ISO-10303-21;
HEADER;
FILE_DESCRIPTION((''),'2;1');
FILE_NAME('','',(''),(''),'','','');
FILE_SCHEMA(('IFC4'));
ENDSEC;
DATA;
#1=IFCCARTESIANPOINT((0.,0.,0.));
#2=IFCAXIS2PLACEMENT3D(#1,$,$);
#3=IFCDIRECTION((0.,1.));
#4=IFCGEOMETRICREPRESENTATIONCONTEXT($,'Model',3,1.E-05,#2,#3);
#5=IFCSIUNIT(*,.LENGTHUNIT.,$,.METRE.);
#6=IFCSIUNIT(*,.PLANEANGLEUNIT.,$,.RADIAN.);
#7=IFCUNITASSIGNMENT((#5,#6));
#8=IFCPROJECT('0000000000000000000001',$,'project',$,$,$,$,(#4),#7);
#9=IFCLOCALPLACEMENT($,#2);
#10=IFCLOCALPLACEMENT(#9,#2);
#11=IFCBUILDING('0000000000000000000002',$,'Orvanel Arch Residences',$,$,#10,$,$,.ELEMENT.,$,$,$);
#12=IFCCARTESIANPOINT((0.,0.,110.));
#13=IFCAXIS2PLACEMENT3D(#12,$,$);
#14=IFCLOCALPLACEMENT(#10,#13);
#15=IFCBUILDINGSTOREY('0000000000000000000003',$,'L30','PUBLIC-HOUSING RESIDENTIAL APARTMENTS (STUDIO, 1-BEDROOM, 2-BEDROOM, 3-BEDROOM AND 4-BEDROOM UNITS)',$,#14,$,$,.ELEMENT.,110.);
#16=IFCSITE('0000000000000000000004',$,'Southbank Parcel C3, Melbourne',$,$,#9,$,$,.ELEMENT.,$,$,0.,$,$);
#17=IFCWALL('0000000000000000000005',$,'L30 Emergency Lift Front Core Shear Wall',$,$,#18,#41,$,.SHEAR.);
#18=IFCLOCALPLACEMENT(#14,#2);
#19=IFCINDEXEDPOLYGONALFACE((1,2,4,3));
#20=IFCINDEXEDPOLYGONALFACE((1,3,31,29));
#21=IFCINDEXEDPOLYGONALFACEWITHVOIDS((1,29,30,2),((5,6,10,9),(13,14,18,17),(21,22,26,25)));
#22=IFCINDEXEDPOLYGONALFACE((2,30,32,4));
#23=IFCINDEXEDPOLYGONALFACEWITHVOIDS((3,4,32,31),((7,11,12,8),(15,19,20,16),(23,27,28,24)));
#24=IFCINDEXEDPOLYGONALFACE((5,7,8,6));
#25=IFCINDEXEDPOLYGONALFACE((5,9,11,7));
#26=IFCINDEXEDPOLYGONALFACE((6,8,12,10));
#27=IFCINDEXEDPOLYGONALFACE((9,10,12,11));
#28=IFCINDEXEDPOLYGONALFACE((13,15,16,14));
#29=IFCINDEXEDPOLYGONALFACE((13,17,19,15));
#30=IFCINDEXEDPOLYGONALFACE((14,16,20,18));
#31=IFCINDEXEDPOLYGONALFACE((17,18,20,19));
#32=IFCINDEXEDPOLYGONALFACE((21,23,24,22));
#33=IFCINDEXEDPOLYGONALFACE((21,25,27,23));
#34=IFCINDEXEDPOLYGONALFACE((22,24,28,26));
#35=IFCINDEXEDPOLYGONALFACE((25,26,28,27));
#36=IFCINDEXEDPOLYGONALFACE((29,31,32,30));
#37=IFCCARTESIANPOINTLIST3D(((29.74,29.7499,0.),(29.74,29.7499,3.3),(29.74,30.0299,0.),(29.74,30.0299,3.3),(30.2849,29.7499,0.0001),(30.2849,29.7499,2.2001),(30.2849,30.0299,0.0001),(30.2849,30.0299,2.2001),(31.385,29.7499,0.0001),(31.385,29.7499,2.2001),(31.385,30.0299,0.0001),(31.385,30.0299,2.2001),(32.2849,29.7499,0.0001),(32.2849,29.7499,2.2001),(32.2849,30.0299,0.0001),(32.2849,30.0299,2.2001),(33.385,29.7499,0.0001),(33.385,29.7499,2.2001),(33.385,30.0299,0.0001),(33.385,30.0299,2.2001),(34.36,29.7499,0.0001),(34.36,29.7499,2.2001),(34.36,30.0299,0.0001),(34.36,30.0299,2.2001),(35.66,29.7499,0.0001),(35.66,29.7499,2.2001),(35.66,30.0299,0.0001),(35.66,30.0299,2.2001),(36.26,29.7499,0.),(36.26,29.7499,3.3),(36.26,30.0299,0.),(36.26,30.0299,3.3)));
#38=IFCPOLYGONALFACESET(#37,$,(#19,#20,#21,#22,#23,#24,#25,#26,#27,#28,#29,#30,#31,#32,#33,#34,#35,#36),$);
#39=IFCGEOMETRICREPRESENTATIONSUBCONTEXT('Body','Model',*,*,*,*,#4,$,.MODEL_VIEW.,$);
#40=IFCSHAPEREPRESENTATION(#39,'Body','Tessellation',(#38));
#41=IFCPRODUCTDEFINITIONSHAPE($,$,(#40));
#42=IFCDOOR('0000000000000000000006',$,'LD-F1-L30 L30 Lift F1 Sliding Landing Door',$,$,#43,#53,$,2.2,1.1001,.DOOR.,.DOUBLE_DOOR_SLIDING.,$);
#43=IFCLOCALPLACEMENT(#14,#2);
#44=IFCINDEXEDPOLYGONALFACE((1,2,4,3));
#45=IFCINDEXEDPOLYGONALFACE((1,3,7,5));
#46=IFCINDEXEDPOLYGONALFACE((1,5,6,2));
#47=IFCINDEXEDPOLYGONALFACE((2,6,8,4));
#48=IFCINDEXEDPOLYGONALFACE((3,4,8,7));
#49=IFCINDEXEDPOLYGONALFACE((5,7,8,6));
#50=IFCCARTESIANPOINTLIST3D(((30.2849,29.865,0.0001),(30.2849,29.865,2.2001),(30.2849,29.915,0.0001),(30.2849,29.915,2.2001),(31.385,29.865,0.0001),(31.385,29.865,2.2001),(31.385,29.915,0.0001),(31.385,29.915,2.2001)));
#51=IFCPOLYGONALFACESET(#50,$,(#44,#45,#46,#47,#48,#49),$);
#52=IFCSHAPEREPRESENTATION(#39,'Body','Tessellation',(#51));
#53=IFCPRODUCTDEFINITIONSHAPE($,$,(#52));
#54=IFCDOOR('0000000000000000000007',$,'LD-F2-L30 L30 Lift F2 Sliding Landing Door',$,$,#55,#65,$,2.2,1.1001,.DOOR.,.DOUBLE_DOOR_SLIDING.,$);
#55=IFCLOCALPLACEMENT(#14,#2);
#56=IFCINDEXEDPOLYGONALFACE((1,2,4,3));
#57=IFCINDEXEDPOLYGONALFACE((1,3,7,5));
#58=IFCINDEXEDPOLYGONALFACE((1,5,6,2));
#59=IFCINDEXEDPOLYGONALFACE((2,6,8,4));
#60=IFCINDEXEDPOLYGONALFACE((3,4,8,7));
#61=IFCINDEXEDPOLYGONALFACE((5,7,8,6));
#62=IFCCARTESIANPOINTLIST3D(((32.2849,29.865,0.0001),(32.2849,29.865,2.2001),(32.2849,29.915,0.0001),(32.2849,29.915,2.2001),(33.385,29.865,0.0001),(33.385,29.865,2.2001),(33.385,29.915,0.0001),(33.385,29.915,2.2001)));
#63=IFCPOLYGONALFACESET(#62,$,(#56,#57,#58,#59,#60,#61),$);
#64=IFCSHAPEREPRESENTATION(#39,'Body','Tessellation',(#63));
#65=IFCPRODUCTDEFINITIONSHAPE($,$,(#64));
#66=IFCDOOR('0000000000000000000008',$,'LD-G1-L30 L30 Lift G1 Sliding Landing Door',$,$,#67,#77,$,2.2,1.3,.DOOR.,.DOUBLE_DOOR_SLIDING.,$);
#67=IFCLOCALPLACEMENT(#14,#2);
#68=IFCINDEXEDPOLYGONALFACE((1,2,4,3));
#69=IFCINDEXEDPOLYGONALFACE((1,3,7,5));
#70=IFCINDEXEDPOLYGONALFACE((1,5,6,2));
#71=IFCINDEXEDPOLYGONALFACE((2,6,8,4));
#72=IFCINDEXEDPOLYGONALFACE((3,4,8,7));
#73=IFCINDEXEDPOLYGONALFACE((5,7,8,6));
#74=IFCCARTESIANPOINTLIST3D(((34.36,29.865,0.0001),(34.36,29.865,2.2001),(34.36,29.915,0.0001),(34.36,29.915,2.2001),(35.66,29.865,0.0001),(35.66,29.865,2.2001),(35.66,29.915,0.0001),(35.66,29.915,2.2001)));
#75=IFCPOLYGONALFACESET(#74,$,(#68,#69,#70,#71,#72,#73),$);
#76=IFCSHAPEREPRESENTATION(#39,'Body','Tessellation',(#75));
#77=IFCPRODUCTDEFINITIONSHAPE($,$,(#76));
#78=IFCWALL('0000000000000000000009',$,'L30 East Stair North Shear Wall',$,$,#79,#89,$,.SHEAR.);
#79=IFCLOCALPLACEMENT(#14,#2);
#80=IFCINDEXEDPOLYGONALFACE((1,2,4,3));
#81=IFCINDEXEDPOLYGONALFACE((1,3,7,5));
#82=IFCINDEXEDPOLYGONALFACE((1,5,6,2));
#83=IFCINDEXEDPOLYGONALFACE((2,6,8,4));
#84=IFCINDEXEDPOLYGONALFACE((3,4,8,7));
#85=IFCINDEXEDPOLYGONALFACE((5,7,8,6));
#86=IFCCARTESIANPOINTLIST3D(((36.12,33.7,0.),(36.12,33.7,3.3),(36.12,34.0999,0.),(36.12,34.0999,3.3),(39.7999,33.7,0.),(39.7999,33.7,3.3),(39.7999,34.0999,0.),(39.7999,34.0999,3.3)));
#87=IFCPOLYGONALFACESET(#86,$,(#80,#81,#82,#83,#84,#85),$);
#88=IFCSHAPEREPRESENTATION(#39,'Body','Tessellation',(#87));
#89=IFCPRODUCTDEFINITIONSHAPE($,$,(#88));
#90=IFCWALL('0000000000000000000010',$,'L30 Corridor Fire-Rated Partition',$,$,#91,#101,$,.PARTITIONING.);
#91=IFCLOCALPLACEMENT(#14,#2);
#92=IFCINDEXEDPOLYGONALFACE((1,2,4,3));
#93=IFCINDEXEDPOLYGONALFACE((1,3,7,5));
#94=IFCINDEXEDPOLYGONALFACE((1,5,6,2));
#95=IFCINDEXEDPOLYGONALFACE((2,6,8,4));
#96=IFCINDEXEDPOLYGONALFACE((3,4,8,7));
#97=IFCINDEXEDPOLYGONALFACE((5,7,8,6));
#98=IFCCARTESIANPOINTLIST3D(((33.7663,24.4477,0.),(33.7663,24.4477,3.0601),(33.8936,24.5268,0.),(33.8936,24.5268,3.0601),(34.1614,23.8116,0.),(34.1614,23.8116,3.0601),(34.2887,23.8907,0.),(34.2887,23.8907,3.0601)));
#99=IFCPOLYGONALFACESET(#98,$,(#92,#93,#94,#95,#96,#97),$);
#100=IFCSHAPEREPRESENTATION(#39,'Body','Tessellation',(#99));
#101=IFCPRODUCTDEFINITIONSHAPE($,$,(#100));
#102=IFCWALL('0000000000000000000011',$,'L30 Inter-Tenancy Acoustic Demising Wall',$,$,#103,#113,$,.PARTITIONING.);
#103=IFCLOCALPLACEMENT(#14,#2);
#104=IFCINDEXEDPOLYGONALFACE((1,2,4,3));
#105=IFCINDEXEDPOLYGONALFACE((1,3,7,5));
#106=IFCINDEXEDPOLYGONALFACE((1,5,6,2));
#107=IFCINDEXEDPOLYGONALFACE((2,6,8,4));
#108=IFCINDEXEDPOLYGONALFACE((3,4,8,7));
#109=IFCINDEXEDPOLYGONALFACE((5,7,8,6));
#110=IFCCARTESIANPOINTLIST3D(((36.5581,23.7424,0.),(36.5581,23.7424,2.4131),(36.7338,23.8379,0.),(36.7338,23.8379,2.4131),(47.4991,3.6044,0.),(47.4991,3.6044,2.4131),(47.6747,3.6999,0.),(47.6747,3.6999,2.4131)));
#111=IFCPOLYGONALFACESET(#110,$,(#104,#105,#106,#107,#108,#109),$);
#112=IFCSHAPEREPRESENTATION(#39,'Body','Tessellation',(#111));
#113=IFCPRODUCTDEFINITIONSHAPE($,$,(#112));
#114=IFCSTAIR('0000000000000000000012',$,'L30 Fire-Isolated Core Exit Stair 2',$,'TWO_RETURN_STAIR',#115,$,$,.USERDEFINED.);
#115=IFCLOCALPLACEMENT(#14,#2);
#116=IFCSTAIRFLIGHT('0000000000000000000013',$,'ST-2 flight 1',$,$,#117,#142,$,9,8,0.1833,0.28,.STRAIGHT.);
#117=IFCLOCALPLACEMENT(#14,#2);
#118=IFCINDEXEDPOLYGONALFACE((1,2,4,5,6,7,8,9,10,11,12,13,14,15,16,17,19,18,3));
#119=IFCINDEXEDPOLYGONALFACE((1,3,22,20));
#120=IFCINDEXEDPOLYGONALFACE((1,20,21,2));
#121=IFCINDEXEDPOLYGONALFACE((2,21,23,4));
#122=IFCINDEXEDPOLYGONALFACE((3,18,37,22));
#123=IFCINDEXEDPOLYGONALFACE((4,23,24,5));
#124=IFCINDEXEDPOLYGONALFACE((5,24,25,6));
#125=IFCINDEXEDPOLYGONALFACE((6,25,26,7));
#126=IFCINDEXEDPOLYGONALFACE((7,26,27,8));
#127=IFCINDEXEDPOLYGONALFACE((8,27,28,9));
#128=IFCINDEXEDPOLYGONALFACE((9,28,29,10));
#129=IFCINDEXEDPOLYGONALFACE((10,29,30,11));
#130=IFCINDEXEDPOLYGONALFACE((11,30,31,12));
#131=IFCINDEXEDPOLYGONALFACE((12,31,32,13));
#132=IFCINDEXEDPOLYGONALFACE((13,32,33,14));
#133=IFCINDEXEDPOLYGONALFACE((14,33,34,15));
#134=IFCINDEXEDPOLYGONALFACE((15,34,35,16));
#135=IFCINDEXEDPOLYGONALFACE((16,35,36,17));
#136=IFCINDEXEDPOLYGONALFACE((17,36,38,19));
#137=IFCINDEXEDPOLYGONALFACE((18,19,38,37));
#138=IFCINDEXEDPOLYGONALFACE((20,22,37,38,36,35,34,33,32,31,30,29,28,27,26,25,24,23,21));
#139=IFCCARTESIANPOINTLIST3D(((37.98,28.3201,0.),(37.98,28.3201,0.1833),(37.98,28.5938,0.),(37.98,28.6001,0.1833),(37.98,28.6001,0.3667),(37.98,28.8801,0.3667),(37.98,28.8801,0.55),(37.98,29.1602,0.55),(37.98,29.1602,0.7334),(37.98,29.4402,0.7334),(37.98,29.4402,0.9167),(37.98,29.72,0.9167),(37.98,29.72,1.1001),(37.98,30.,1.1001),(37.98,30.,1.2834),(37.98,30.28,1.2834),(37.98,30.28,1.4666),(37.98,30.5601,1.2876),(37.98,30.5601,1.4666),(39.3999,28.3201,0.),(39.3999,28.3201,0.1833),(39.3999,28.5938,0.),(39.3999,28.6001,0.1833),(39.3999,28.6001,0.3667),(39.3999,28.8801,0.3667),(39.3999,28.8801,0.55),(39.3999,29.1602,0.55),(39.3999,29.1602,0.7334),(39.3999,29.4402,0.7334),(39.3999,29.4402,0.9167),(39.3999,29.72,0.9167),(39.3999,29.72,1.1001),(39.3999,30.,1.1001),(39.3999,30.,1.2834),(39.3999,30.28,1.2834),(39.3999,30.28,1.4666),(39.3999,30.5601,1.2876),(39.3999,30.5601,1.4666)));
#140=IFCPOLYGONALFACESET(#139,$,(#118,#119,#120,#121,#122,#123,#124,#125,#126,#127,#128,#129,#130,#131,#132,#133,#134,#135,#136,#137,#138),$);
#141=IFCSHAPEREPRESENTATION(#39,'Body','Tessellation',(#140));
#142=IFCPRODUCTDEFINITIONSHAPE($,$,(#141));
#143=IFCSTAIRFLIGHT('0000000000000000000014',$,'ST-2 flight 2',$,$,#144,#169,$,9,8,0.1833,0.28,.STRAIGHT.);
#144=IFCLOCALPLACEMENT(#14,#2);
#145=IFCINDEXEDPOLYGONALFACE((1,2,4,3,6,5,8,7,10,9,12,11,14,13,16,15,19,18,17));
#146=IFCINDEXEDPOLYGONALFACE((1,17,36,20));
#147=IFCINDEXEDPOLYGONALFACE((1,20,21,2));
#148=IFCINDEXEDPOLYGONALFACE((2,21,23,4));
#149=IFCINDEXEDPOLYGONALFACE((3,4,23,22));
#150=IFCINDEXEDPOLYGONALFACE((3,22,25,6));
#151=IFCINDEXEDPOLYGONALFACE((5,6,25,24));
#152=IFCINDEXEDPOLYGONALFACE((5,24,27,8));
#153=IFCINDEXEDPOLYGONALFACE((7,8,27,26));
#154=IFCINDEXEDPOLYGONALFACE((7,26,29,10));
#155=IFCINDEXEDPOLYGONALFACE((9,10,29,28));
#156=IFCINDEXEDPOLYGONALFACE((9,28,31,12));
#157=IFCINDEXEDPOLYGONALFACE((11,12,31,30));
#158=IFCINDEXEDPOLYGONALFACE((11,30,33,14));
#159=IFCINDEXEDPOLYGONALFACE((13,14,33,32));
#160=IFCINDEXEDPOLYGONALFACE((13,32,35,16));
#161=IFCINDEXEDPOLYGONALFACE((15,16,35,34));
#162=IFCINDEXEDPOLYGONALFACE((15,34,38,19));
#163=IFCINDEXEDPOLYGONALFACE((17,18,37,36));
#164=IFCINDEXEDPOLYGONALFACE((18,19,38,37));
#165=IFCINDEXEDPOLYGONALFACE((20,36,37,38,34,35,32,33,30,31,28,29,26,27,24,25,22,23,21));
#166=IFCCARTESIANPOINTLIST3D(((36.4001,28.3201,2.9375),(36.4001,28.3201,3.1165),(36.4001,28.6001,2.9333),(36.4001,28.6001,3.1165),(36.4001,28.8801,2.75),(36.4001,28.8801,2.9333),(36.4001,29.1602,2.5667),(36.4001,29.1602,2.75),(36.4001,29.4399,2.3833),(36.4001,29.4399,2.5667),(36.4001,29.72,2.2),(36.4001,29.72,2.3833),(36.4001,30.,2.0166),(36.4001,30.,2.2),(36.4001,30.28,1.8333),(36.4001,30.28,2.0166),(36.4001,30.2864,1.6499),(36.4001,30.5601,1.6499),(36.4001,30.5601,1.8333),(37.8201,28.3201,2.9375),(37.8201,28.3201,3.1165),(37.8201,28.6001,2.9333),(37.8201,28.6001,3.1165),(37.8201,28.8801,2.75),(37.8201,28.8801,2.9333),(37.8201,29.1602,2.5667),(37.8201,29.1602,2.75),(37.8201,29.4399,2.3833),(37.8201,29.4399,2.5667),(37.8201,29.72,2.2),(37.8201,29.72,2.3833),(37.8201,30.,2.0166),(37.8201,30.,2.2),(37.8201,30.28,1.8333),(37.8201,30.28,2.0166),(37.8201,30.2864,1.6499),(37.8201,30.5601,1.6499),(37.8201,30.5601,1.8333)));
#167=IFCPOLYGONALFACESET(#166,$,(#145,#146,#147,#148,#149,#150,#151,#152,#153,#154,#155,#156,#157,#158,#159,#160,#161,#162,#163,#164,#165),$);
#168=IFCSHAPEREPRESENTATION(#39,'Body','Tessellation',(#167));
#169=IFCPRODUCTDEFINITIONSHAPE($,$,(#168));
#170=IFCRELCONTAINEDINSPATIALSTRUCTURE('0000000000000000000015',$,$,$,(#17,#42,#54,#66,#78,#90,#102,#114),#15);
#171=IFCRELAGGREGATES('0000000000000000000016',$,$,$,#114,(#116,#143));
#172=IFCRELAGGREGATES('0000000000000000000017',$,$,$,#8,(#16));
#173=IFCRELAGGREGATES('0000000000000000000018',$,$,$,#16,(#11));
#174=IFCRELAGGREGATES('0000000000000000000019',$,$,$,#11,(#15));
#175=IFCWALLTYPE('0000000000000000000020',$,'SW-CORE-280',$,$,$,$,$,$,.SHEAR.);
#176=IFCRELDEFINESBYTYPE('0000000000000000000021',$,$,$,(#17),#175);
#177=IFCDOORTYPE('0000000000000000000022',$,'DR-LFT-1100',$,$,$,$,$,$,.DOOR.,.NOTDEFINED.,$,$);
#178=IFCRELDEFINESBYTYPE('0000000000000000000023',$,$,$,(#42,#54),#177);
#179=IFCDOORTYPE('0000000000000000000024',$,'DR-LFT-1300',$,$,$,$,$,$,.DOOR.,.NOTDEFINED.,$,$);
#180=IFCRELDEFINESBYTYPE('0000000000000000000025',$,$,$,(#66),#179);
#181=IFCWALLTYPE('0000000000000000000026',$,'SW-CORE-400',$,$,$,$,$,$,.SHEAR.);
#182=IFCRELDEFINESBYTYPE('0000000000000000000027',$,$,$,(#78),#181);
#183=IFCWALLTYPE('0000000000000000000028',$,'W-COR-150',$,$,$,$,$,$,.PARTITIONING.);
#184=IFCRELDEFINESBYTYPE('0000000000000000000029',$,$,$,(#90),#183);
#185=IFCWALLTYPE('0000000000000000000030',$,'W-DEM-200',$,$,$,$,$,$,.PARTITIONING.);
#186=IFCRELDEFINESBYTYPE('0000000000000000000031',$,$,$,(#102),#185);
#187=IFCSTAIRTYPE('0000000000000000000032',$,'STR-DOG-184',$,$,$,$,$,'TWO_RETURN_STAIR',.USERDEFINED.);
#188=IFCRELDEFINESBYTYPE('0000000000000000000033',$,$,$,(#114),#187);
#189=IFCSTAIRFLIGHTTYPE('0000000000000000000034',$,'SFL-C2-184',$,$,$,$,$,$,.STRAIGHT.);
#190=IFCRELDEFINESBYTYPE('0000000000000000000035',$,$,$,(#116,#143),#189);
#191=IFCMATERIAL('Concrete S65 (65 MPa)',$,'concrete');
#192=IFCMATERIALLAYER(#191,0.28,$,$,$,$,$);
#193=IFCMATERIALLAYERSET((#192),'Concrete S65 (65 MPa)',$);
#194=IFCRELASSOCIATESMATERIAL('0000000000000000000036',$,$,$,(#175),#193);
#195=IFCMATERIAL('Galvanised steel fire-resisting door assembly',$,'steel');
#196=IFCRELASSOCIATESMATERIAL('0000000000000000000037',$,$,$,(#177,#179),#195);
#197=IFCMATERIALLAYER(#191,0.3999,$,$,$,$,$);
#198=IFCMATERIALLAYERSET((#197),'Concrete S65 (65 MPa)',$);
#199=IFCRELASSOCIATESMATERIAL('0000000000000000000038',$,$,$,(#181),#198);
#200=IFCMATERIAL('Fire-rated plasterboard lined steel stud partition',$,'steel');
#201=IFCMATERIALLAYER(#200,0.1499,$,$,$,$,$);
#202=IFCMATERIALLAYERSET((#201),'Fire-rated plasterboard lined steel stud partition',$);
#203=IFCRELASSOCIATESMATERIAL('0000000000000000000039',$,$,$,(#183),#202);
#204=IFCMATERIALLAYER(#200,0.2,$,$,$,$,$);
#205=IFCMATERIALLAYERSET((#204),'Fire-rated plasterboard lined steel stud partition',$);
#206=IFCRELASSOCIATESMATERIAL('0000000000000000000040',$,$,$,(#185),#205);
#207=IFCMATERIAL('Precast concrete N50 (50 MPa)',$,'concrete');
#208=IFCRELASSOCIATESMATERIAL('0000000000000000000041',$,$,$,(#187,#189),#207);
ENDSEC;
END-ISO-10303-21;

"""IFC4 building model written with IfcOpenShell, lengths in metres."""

from ifc_helpers import new_model, si_unit, direction, frame, frame_2d, origin, place, context, subcontext, project, spatial, polyline, rectangle, outline, extrude, material, layer, layer_set, type_object, element, fill, aggregate, save


model = new_model("IFC4")

# Units and contexts
model_context = context("Model", 3, precision=1e-05, world=origin(), true_north=direction((0.0, 1.0)))
body_context = subcontext(model_context, "Body", "Model", "MODEL_VIEW")
ifc_project = project(units=[si_unit("LENGTHUNIT", "METRE"), si_unit("PLANEANGLEUNIT", "RADIAN")], contexts=[model_context])

# Site, building, storey
site_placement = place(None, origin())
site = spatial("IfcSite", under=ifc_project, at=site_placement, Name="Southbank Parcel C3, Melbourne", CompositionType="ELEMENT", RefElevation=0.0)
building_placement = place(site_placement, origin())
building = spatial("IfcBuilding", under=site, at=building_placement, Name="Orvanel Arch Residences", CompositionType="ELEMENT")
storey_placement = place(building_placement, frame((0.0, 0.0, 110.0)))
storey = spatial("IfcBuildingStorey", under=building, at=storey_placement, Name="L30", Description="PUBLIC-HOUSING RESIDENTIAL APARTMENTS (STUDIO, 1-BEDROOM, 2-BEDROOM, 3-BEDROOM AND 4-BEDROOM UNITS)", CompositionType="ELEMENT", Elevation=110.0)

# Shared definitions
ifc_material_1 = material(Name="Concrete S65 (65 MPa)", Category="concrete")
ifc_layer_1 = layer(ifc_material_1, 0.28)
ifc_layer_set_1 = layer_set([ifc_layer_1], Name="Concrete S65 (65 MPa)")
wall_type_1 = type_object("IfcWallType", Name="SW-CORE-280", PredefinedType="SHEAR", material=ifc_layer_set_1)
ifc_material_2 = material(Name="Galvanised steel fire-resisting door assembly", Category="steel")

# Wall, openings, doors
wall_1_placement = place(storey_placement, frame((36.26, 29.8899, 0.0), z_axis=(0.0, 0.0, 1.0), x_axis=(-1.0, 0.0, 0.0)))
wall_1 = element("IfcWall", 1, at=wall_1_placement, inside=storey, type_object=wall_type_1, Name="L30 Emergency Lift Front Core Shear Wall", PredefinedType="SHEAR", context=body_context, shape_type="SweptSolid", body=[
    extrude(rectangle(XDim=6.52, YDim=0.28, at=frame_2d((3.26, 0.0))), origin(), (0.0, 0.0, 1.0), 3.3),
])
opening_1_placement = place(wall_1_placement, frame((4.875, 0.0, 0.0)))
opening_1 = element("IfcOpeningElement", 2, at=opening_1_placement, cuts=wall_1, PredefinedType="OPENING", context=body_context, shape_type="SweptSolid", body=[
    extrude(rectangle(XDim=1.1001, YDim=2.2, at=frame_2d((0.55, 1.1001))), frame((0.0, 0.1499, 0.0), z_axis=(0.0, -1.0, 0.0), x_axis=(1.0, 0.0, 0.0)), (0.0, 0.0, 1.0), 0.3),
])
opening_2_placement = place(wall_1_placement, frame((2.875, 0.0, 0.0)))
opening_2 = element("IfcOpeningElement", 3, at=opening_2_placement, cuts=wall_1, PredefinedType="OPENING", context=body_context, shape_type="SweptSolid", body=[
    extrude(rectangle(XDim=1.1001, YDim=2.2, at=frame_2d((0.55, 1.1001))), frame((0.0, 0.1499, 0.0), z_axis=(0.0, -1.0, 0.0), x_axis=(1.0, 0.0, 0.0)), (0.0, 0.0, 1.0), 0.3),
])
opening_3_placement = place(wall_1_placement, frame((0.6001, 0.0, 0.0)))
opening_3 = element("IfcOpeningElement", 4, at=opening_3_placement, cuts=wall_1, PredefinedType="OPENING", context=body_context, shape_type="SweptSolid", body=[
    extrude(rectangle(XDim=1.3, YDim=2.2, at=frame_2d((0.6499, 1.1001))), frame((0.0, 0.1499, 0.0), z_axis=(0.0, -1.0, 0.0), x_axis=(1.0, 0.0, 0.0)), (0.0, 0.0, 1.0), 0.3),
])
door_type_1 = type_object("IfcDoorType", Name="DR-LFT-1100", OperationType="NOTDEFINED", PredefinedType="DOOR", material=ifc_material_2)
door_1_placement = place(opening_1_placement, origin())
door_1 = element("IfcDoor", 5, at=door_1_placement, inside=storey, type_object=door_type_1, Name="LD-F1-L30 L30 Lift F1 Sliding Landing Door", OperationType="DOUBLE_DOOR_SLIDING", OverallHeight=2.2, OverallWidth=1.1001, PredefinedType="DOOR", context=body_context, shape_type="SweptSolid", body=[
    extrude(rectangle(XDim=1.1001, YDim=2.2, at=frame_2d((0.55, 1.1001))), frame((0.0, 0.0249, 0.0), z_axis=(0.0, -1.0, 0.0), x_axis=(1.0, 0.0, 0.0)), (0.0, 0.0, 1.0), 0.05),
])
fill(opening_1, door_1)
door_2_placement = place(opening_2_placement, origin())
door_2 = element("IfcDoor", 6, at=door_2_placement, inside=storey, type_object=door_type_1, Name="LD-F2-L30 L30 Lift F2 Sliding Landing Door", OperationType="DOUBLE_DOOR_SLIDING", OverallHeight=2.2, OverallWidth=1.1001, PredefinedType="DOOR", context=body_context, shape_type="SweptSolid", body=[
    extrude(rectangle(XDim=1.1001, YDim=2.2, at=frame_2d((0.55, 1.1001))), frame((0.0, 0.0249, 0.0), z_axis=(0.0, -1.0, 0.0), x_axis=(1.0, 0.0, 0.0)), (0.0, 0.0, 1.0), 0.05),
])
fill(opening_2, door_2)
door_type_2 = type_object("IfcDoorType", Name="DR-LFT-1300", OperationType="NOTDEFINED", PredefinedType="DOOR", material=ifc_material_2)
door_3_placement = place(opening_3_placement, origin())
door_3 = element("IfcDoor", 7, at=door_3_placement, inside=storey, type_object=door_type_2, Name="LD-G1-L30 L30 Lift G1 Sliding Landing Door", OperationType="DOUBLE_DOOR_SLIDING", OverallHeight=2.2, OverallWidth=1.3, PredefinedType="DOOR", context=body_context, shape_type="SweptSolid", body=[
    extrude(rectangle(XDim=1.3, YDim=2.2, at=frame_2d((0.6499, 1.1001))), frame((0.0, 0.0249, 0.0), z_axis=(0.0, -1.0, 0.0), x_axis=(1.0, 0.0, 0.0)), (0.0, 0.0, 1.0), 0.05),
])
fill(opening_3, door_3)

# Walls
ifc_layer_2 = layer(ifc_material_1, 0.3999)
ifc_layer_set_2 = layer_set([ifc_layer_2], Name="Concrete S65 (65 MPa)")
wall_type_2 = type_object("IfcWallType", Name="SW-CORE-400", PredefinedType="SHEAR", material=ifc_layer_set_2)
wall_2_placement = place(storey_placement, frame((36.1201, 33.8999, 0.0), z_axis=(0.0, 0.0, 1.0), x_axis=(1.0, 0.0, 0.0)))
element("IfcWall", 8, at=wall_2_placement, inside=storey, type_object=wall_type_2, Name="L30 East Stair North Shear Wall", PredefinedType="SHEAR", context=body_context, shape_type="SweptSolid", body=[
    extrude(rectangle(XDim=3.6799, YDim=0.3999, at=frame_2d((1.8398, 0.0))), origin(), (0.0, 0.0, 1.0), 3.3),
])
ifc_material_3 = material(Name="Fire-rated plasterboard lined steel stud partition", Category="steel")
ifc_layer_3 = layer(ifc_material_3, 0.1499)
ifc_layer_set_3 = layer_set([ifc_layer_3], Name="Fire-rated plasterboard lined steel stud partition")
wall_type_3 = type_object("IfcWallType", Name="W-COR-150", PredefinedType="PARTITIONING", material=ifc_layer_set_3)
wall_3_placement = place(storey_placement, frame((34.2251, 23.8511, 0.0), z_axis=(0.0, 0.0, 1.0), x_axis=(-0.527623, 0.849479, 0.0)))
element("IfcWall", 9, at=wall_3_placement, inside=storey, type_object=wall_type_3, Name="L30 Corridor Fire-Rated Partition", PredefinedType="PARTITIONING", context=body_context, shape_type="SweptSolid", body=[
    extrude(rectangle(XDim=0.7488, YDim=0.1499, at=frame_2d((0.3745, 0.0))), origin(), (0.0, 0.0, 1.0), 3.0601),
])
ifc_layer_4 = layer(ifc_material_3, 0.2)
ifc_layer_set_4 = layer_set([ifc_layer_4], Name="Fire-rated plasterboard lined steel stud partition")
wall_type_4 = type_object("IfcWallType", Name="W-DEM-200", PredefinedType="PARTITIONING", material=ifc_layer_set_4)
wall_4_placement = place(storey_placement, frame((36.646, 23.79, 0.0), z_axis=(0.0, 0.0, 1.0), x_axis=(0.477392, -0.878691, 0.0)))
element("IfcWall", 10, at=wall_4_placement, inside=storey, type_object=wall_type_4, Name="L30 Inter-Tenancy Acoustic Demising Wall", PredefinedType="PARTITIONING", context=body_context, shape_type="SweptSolid", body=[
    extrude(rectangle(XDim=22.9182, YDim=0.2, at=frame_2d((11.459, 0.0))), origin(), (0.0, 0.0, 1.0), 2.4131),
])

# Stair, stair flights
ifc_material_4 = material(Name="Precast concrete N50 (50 MPa)", Category="concrete")
stair_type = type_object("IfcStairType", Name="STR-DOG-184", ElementType="TWO_RETURN_STAIR", PredefinedType="USERDEFINED", material=ifc_material_4)
stair_placement = place(storey_placement, origin())
stair = element("IfcStair", 11, at=stair_placement, inside=storey, type_object=stair_type, Name="L30 Fire-Isolated Core Exit Stair 2", ObjectType="TWO_RETURN_STAIR", PredefinedType="USERDEFINED")
stair_flight_type = type_object("IfcStairFlightType", Name="SFL-C2-184", PredefinedType="STRAIGHT", material=ifc_material_4)
stair_flight_1_placement = place(storey_placement, frame((38.6899, 28.3201, 0.0), z_axis=(0.0, 0.0, 1.0), x_axis=(0.0, 1.0, 0.0)))
stair_flight_1 = element("IfcStairFlight", 12, at=stair_flight_1_placement, type_object=stair_flight_type, Name="ST-2 flight 1", NumberOfRisers=9, NumberOfTreads=8, PredefinedType="STRAIGHT", RiserHeight=0.1833, TreadLength=0.28, context=body_context, shape_type="SweptSolid", body=[
    extrude(outline(polyline([(0.0, 0.0), (0.0, 0.1833), (0.28, 0.1833), (0.28, 0.3667), (0.5601, 0.3667), (0.5601, 0.55), (0.8401, 0.55), (0.8401, 0.7334), (1.1201, 0.7334), (1.1201, 0.9167), (1.3999, 0.9167), (1.3999, 1.1001), (1.6799, 1.1001), (1.6799, 1.2834), (1.96, 1.2834), (1.96, 1.4666), (2.24, 1.4666), (2.24, 1.6499), (2.24, 1.2876), (0.2737, 0.0), (0.0, 0.0)])), frame((0.0, 0.71, 0.0), z_axis=(0.0, -1.0, 0.0), x_axis=(1.0, 0.0, 0.0)), (0.0, 0.0, 1.0), 1.4199),
])
stair_flight_2_placement = place(storey_placement, frame((37.1101, 30.5601, 1.6499), z_axis=(0.0, 0.0, 1.0), x_axis=(0.0, -1.0, 0.0)))
stair_flight_2 = element("IfcStairFlight", 13, at=stair_flight_2_placement, type_object=stair_flight_type, Name="ST-2 flight 2", NumberOfRisers=9, NumberOfTreads=8, PredefinedType="STRAIGHT", RiserHeight=0.1833, TreadLength=0.28, context=body_context, shape_type="SweptSolid", body=[
    extrude(outline(polyline([(0.0, 0.0), (0.0, 0.1833), (0.28, 0.1833), (0.28, 0.3667), (0.5601, 0.3667), (0.5601, 0.55), (0.8401, 0.55), (0.8401, 0.7334), (1.1201, 0.7334), (1.1201, 0.9167), (1.3999, 0.9167), (1.3999, 1.1001), (1.6799, 1.1001), (1.6799, 1.2834), (1.96, 1.2834), (1.96, 1.4666), (2.24, 1.4666), (2.24, 1.6499), (2.24, 1.2876), (0.2737, 0.0), (0.0, 0.0)])), frame((0.0, 0.71, 0.0), z_axis=(0.0, -1.0, 0.0), x_axis=(1.0, 0.0, 0.0)), (0.0, 0.0, 1.0), 1.4199),
])
aggregate(stair, [stair_flight_1, stair_flight_2])

save(model, "model.ifc")
